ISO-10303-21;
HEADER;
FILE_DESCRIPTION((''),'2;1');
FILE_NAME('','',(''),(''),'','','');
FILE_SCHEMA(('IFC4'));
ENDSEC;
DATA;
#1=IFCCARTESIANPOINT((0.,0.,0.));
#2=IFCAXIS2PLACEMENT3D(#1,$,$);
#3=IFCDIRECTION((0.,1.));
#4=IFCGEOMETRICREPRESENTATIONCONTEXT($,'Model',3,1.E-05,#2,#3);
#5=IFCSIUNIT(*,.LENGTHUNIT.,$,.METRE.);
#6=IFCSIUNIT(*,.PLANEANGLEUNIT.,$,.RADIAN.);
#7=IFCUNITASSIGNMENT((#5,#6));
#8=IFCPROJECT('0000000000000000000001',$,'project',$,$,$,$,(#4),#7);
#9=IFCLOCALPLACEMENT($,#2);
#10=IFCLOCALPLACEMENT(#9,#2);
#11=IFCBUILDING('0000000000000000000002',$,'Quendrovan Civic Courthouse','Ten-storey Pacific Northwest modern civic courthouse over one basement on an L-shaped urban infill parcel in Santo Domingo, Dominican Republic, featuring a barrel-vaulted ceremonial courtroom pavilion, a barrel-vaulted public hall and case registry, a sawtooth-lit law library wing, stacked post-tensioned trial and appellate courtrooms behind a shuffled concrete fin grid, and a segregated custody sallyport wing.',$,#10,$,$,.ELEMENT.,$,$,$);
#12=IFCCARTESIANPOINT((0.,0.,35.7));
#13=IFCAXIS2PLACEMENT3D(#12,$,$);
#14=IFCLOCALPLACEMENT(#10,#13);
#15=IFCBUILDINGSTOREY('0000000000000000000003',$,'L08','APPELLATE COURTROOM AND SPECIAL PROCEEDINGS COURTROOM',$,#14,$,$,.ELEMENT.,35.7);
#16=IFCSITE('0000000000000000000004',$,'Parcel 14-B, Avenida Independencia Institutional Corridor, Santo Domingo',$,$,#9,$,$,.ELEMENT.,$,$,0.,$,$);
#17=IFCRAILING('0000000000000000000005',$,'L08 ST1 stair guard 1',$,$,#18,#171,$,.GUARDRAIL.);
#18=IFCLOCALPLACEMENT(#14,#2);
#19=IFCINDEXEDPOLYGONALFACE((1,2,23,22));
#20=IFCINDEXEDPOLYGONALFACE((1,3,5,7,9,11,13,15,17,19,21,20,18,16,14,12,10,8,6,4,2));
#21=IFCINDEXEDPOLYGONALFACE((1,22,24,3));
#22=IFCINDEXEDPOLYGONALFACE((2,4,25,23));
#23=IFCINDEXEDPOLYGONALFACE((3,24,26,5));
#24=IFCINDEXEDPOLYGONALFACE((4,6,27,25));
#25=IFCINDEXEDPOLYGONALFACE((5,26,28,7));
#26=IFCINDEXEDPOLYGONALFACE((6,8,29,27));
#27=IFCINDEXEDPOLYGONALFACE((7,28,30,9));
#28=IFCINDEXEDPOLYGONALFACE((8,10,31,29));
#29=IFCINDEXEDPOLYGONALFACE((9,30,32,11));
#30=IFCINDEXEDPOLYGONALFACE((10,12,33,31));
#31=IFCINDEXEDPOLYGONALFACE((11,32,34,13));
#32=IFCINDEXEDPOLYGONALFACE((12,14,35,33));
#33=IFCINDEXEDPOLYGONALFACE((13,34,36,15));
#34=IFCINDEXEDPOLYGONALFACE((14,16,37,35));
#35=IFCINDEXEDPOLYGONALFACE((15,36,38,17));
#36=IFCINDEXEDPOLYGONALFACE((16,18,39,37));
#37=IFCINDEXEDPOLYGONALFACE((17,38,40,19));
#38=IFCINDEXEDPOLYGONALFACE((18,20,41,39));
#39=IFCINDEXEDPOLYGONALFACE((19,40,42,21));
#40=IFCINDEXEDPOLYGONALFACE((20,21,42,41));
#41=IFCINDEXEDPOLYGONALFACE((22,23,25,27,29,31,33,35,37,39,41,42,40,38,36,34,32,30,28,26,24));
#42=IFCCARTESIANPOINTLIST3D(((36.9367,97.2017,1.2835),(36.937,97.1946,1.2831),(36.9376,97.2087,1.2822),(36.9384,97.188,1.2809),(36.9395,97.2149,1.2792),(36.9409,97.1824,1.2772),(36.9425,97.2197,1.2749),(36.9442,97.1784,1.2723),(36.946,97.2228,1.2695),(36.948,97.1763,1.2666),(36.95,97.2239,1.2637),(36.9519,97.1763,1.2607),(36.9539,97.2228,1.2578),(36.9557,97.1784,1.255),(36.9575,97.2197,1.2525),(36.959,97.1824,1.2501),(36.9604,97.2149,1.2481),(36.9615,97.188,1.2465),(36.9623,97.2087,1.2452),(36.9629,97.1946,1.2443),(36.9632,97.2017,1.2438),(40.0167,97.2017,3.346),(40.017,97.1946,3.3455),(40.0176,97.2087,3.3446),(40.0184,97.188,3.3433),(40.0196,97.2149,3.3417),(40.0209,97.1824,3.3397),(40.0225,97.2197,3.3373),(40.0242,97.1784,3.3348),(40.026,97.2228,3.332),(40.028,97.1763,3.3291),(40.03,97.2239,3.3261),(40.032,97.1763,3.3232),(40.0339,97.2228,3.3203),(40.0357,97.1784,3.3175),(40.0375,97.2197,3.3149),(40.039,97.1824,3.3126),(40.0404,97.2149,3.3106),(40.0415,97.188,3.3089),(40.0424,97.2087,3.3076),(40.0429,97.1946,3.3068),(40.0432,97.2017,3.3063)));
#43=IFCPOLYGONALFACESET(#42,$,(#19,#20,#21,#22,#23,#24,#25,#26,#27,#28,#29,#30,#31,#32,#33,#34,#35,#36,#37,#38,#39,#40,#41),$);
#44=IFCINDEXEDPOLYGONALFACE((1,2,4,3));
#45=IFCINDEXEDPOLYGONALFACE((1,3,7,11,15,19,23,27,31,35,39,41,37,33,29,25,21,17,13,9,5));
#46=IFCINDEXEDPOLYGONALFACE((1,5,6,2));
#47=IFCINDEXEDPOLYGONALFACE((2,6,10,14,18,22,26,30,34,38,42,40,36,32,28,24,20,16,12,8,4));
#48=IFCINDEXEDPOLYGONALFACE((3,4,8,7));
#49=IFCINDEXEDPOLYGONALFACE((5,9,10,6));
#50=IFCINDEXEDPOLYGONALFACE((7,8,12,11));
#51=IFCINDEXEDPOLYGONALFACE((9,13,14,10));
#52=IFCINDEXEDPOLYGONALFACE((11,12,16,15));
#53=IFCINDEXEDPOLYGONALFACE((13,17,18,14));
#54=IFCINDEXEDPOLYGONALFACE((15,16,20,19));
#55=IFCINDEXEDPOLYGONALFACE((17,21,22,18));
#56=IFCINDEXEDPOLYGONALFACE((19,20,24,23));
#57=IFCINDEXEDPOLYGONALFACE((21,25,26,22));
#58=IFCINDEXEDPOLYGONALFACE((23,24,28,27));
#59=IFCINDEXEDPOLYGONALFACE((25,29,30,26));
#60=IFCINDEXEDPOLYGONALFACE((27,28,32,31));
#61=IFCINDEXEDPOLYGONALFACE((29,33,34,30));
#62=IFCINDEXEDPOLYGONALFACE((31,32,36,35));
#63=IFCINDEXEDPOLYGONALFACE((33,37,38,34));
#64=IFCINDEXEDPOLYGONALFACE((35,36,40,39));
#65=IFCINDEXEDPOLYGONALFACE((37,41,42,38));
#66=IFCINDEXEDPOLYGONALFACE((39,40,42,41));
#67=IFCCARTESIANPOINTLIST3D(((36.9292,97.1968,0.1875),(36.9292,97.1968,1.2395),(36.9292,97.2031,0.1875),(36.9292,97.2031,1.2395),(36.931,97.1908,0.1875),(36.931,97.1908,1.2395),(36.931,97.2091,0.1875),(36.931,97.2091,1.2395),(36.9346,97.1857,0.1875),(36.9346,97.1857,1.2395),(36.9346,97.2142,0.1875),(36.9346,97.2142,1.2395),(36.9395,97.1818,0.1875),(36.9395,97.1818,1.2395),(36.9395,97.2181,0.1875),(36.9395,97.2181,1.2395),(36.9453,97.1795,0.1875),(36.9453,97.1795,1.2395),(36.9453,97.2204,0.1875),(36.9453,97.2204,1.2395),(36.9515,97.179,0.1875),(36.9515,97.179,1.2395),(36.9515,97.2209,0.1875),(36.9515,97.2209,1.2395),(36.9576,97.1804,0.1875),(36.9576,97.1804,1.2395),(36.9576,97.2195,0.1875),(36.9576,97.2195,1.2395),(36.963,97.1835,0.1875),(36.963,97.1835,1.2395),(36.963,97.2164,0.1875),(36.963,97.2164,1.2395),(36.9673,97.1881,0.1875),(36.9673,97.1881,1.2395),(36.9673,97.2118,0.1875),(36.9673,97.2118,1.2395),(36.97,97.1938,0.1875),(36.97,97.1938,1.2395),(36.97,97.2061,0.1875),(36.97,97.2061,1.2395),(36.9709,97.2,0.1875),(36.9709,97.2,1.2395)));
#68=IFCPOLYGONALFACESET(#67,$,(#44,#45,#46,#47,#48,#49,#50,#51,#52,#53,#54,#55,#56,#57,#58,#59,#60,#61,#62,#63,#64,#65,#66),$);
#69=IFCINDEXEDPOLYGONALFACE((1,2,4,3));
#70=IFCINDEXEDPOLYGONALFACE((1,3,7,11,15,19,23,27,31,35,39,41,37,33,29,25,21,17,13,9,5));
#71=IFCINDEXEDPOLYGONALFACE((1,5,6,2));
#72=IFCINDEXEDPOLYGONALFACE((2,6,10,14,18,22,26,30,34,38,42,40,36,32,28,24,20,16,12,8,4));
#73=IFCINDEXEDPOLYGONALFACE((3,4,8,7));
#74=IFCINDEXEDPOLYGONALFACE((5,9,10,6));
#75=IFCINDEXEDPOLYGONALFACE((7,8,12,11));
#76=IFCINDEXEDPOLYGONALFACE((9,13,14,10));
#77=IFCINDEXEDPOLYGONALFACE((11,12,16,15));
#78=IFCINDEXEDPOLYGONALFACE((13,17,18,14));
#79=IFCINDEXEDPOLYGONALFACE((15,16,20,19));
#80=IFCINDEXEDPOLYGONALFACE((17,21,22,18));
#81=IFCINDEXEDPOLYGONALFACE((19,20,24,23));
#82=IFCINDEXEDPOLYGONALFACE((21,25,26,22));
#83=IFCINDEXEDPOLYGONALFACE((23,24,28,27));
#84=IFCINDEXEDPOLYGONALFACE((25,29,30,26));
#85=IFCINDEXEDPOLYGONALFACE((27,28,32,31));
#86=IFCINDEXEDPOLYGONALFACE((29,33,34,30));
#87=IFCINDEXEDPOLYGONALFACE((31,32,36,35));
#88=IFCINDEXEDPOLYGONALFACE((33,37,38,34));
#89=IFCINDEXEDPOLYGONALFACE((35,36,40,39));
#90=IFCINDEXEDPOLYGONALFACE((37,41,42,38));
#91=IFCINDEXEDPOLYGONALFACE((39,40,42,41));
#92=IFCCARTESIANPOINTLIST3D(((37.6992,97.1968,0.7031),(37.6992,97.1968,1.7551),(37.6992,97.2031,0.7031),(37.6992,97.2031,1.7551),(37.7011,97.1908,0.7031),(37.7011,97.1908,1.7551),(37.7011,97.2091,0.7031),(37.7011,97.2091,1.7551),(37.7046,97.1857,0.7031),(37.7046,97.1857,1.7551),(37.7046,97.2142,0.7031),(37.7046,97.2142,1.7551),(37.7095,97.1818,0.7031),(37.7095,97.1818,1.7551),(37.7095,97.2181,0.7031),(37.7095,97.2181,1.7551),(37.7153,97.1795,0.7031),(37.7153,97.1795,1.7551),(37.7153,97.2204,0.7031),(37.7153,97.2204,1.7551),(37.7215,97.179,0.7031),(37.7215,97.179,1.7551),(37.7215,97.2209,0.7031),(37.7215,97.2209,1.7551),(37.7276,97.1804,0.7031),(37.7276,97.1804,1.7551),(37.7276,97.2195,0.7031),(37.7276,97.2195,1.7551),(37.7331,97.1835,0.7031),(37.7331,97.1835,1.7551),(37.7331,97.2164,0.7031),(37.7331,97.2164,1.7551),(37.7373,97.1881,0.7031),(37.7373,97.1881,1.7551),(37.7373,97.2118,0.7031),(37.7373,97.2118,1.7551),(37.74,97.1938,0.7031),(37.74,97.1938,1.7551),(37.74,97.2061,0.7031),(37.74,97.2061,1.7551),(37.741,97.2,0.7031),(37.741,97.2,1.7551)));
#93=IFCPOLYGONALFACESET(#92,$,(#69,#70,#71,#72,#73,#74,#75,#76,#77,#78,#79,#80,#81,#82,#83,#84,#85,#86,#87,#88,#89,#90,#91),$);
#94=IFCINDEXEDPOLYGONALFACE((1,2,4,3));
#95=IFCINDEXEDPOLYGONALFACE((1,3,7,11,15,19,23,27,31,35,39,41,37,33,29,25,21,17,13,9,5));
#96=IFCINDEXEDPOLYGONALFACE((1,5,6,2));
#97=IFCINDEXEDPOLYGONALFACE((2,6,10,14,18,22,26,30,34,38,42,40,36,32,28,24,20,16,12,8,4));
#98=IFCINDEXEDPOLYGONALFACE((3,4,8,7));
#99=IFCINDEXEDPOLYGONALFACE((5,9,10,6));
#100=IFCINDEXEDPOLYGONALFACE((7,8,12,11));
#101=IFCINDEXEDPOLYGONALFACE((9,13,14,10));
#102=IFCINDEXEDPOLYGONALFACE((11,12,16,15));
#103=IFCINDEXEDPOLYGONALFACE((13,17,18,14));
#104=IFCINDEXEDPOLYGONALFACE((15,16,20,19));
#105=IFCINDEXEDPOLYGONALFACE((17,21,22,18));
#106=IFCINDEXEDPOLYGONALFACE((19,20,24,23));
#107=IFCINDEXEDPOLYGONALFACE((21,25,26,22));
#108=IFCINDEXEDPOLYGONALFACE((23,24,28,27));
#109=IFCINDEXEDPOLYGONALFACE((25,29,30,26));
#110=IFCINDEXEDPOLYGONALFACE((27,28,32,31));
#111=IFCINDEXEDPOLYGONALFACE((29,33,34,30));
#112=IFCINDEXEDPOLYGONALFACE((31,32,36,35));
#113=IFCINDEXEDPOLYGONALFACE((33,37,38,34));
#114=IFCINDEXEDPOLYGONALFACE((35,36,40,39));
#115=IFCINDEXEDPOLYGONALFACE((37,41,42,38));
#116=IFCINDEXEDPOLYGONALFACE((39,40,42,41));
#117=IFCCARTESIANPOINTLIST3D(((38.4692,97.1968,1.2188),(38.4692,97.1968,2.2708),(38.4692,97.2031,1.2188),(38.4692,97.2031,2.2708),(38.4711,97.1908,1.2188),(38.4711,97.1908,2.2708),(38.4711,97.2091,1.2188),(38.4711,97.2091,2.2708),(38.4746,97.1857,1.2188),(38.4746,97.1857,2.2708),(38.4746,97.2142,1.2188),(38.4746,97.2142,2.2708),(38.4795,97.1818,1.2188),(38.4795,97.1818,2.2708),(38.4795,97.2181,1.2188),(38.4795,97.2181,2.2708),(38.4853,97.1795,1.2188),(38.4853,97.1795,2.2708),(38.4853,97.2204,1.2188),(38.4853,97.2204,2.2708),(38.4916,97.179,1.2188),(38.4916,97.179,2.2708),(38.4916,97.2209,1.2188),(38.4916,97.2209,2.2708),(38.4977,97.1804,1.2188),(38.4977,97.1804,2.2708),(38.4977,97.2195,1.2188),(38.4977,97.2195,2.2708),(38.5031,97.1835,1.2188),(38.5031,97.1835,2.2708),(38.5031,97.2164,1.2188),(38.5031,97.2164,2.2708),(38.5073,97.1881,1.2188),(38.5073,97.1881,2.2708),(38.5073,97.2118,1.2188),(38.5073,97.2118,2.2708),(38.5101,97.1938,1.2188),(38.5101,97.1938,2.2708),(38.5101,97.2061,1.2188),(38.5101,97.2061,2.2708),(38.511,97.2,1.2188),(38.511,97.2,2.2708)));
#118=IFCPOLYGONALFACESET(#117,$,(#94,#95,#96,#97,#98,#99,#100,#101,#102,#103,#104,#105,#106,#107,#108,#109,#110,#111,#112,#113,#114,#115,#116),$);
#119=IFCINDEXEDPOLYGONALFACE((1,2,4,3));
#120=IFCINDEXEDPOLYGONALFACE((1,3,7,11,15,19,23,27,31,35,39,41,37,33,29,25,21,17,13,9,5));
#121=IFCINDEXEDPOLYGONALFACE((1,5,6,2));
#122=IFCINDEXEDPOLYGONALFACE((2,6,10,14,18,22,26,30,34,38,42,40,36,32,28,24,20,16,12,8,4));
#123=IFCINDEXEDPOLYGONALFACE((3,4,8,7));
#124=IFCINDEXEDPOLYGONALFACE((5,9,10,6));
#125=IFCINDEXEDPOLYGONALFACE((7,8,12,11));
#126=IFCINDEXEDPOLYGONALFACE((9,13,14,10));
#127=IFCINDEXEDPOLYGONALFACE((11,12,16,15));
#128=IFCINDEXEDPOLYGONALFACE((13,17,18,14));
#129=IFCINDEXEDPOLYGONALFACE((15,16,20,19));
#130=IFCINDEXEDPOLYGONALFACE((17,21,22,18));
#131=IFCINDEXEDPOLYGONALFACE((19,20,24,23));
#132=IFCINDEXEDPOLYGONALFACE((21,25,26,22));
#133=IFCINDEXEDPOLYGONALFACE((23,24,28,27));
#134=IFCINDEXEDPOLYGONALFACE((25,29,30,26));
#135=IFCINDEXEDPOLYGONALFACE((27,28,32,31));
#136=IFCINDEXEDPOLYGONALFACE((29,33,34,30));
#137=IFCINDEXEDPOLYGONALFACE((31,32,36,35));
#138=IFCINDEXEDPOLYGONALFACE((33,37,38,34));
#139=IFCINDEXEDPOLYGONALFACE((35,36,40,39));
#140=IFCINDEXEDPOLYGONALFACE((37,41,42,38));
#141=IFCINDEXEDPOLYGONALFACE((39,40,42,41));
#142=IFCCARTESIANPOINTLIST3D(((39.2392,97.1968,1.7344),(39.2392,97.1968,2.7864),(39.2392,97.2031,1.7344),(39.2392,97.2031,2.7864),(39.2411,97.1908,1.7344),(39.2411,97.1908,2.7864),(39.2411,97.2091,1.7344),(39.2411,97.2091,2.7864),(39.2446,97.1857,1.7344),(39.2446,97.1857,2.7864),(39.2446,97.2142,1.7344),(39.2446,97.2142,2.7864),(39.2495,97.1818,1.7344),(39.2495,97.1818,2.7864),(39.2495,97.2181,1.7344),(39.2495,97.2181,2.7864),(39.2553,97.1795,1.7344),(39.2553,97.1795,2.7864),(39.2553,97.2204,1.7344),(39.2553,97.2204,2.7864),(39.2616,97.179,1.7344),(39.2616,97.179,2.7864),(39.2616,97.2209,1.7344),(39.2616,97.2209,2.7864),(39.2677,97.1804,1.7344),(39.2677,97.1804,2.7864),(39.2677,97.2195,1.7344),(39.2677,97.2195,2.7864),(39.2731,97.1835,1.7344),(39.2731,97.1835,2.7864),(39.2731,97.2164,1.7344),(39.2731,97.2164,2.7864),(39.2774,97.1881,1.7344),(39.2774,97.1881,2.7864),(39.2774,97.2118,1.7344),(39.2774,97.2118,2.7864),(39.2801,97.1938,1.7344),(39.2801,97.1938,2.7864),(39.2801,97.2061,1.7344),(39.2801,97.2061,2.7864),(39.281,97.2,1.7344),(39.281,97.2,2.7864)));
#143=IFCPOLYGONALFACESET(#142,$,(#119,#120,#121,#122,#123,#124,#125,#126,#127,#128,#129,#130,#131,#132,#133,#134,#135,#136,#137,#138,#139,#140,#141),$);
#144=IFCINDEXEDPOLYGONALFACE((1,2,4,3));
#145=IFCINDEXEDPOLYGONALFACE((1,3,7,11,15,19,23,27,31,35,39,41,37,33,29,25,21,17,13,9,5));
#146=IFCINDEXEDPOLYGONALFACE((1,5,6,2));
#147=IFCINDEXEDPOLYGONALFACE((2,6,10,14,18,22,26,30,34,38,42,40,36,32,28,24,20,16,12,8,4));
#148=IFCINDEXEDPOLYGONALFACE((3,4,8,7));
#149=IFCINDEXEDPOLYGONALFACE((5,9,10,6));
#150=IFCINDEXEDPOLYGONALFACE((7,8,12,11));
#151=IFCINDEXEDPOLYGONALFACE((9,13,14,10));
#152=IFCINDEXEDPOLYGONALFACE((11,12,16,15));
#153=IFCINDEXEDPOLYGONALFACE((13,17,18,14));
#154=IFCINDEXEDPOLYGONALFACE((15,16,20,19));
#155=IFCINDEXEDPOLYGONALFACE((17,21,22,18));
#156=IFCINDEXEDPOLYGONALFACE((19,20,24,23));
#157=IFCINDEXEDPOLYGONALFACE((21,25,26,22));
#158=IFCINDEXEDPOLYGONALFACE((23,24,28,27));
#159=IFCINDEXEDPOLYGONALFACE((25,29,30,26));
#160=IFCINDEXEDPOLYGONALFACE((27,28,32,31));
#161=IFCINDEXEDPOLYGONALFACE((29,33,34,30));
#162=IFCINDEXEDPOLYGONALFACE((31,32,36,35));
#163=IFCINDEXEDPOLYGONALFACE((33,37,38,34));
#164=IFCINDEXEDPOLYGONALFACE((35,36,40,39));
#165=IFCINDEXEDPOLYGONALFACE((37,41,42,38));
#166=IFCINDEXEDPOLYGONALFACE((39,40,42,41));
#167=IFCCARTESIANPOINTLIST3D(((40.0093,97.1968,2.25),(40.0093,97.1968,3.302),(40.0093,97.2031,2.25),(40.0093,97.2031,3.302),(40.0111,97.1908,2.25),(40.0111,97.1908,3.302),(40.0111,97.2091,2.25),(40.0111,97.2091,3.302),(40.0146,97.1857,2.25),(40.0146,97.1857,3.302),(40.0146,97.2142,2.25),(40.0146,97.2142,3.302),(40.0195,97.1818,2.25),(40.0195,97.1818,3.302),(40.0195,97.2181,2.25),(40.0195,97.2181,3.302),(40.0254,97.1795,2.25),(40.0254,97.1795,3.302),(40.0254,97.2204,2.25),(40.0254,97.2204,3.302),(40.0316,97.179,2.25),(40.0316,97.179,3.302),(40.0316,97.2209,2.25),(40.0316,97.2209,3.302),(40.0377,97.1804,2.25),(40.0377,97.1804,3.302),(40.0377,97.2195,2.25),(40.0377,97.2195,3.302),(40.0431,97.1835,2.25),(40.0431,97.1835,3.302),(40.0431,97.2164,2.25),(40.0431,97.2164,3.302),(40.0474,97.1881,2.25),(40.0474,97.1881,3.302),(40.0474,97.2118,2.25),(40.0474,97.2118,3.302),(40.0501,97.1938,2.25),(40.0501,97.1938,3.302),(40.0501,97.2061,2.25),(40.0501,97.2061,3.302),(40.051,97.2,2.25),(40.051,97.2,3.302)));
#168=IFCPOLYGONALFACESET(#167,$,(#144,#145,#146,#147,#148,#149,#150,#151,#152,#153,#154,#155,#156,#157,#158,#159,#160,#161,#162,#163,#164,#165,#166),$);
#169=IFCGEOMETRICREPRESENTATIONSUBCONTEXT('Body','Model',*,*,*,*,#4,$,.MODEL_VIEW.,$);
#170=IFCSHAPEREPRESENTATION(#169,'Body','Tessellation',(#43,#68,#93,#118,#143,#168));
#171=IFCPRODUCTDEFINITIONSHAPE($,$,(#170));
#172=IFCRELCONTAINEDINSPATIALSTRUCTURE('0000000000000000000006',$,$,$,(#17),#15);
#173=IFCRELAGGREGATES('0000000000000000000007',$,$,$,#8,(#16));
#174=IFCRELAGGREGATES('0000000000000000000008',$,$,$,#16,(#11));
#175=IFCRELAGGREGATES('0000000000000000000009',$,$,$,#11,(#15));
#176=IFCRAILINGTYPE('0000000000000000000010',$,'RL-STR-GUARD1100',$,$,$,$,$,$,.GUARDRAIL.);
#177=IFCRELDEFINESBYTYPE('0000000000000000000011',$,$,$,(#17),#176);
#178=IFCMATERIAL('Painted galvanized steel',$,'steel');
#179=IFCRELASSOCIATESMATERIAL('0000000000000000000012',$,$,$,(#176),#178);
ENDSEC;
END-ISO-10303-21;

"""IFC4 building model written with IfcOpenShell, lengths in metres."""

from ifc_helpers import new_model, si_unit, direction, frame, origin, origin_2d, place, context, subcontext, project, spatial, circle, extrude, material, type_object, element, save


model = new_model("IFC4")

# Units and contexts
model_context = context("Model", 3, precision=1e-05, world=origin(), true_north=direction((0.0, 1.0)))
body_context = subcontext(model_context, "Body", "Model", "MODEL_VIEW")
ifc_project = project(units=[si_unit("LENGTHUNIT", "METRE"), si_unit("PLANEANGLEUNIT", "RADIAN")], contexts=[model_context])

# Site, building, storey
site_placement = place(None, origin())
site = spatial("IfcSite", under=ifc_project, at=site_placement, Name="Parcel 14-B, Avenida Independencia Institutional Corridor, Santo Domingo", CompositionType="ELEMENT", RefElevation=0.0)
building_placement = place(site_placement, origin())
building = spatial("IfcBuilding", under=site, at=building_placement, Name="Quendrovan Civic Courthouse", Description="Ten-storey Pacific Northwest modern civic courthouse over one basement on an L-shaped urban infill parcel in Santo Domingo, Dominican Republic, featuring a barrel-vaulted ceremonial courtroom pavilion, a barrel-vaulted public hall and case registry, a sawtooth-lit law library wing, stacked post-tensioned trial and appellate courtrooms behind a shuffled concrete fin grid, and a segregated custody sallyport wing.", CompositionType="ELEMENT")
storey_placement = place(building_placement, frame((0.0, 0.0, 35.7)))
storey = spatial("IfcBuildingStorey", under=building, at=storey_placement, Name="L08", Description="APPELLATE COURTROOM AND SPECIAL PROCEEDINGS COURTROOM", CompositionType="ELEMENT", Elevation=35.7)

# Railing
ifc_material_1 = material(Name="Painted galvanized steel", Category="steel")
railing_type_1 = type_object("IfcRailingType", Name="RL-STR-GUARD1100", PredefinedType="GUARDRAIL", material=ifc_material_1)
railing_1_placement = place(storey_placement, frame((36.95, 97.2, 0.1875)))
element("IfcRailing", 1, at=railing_1_placement, inside=storey, type_object=railing_type_1, Name="L08 ST1 stair guard 1", PredefinedType="GUARDRAIL", context=body_context, shape_type="SweptSolid", body=[
    extrude(circle(Radius=0.0239, at=origin_2d()), frame((0.0, 0.0, 1.0762), z_axis=(0.830914, 0.0, 0.556401), x_axis=(0.0, 1.0, 0.0)), (0.0, 0.0, 1.0), 3.7068),
    extrude(circle(Radius=0.021, at=origin_2d()), origin(), (0.0, 0.0, 1.0), 1.052),
    extrude(circle(Radius=0.021, at=origin_2d()), frame((0.77, 0.0, 0.5156)), (0.0, 0.0, 1.0), 1.052),
    extrude(circle(Radius=0.021, at=origin_2d()), frame((1.54, 0.0, 1.0312)), (0.0, 0.0, 1.0), 1.052),
    extrude(circle(Radius=0.021, at=origin_2d()), frame((2.3101, 0.0, 1.5469)), (0.0, 0.0, 1.0), 1.052),
    extrude(circle(Radius=0.021, at=origin_2d()), frame((3.0801, 0.0, 2.0625)), (0.0, 0.0, 1.0), 1.052),
])

save(model, "model.ifc")
